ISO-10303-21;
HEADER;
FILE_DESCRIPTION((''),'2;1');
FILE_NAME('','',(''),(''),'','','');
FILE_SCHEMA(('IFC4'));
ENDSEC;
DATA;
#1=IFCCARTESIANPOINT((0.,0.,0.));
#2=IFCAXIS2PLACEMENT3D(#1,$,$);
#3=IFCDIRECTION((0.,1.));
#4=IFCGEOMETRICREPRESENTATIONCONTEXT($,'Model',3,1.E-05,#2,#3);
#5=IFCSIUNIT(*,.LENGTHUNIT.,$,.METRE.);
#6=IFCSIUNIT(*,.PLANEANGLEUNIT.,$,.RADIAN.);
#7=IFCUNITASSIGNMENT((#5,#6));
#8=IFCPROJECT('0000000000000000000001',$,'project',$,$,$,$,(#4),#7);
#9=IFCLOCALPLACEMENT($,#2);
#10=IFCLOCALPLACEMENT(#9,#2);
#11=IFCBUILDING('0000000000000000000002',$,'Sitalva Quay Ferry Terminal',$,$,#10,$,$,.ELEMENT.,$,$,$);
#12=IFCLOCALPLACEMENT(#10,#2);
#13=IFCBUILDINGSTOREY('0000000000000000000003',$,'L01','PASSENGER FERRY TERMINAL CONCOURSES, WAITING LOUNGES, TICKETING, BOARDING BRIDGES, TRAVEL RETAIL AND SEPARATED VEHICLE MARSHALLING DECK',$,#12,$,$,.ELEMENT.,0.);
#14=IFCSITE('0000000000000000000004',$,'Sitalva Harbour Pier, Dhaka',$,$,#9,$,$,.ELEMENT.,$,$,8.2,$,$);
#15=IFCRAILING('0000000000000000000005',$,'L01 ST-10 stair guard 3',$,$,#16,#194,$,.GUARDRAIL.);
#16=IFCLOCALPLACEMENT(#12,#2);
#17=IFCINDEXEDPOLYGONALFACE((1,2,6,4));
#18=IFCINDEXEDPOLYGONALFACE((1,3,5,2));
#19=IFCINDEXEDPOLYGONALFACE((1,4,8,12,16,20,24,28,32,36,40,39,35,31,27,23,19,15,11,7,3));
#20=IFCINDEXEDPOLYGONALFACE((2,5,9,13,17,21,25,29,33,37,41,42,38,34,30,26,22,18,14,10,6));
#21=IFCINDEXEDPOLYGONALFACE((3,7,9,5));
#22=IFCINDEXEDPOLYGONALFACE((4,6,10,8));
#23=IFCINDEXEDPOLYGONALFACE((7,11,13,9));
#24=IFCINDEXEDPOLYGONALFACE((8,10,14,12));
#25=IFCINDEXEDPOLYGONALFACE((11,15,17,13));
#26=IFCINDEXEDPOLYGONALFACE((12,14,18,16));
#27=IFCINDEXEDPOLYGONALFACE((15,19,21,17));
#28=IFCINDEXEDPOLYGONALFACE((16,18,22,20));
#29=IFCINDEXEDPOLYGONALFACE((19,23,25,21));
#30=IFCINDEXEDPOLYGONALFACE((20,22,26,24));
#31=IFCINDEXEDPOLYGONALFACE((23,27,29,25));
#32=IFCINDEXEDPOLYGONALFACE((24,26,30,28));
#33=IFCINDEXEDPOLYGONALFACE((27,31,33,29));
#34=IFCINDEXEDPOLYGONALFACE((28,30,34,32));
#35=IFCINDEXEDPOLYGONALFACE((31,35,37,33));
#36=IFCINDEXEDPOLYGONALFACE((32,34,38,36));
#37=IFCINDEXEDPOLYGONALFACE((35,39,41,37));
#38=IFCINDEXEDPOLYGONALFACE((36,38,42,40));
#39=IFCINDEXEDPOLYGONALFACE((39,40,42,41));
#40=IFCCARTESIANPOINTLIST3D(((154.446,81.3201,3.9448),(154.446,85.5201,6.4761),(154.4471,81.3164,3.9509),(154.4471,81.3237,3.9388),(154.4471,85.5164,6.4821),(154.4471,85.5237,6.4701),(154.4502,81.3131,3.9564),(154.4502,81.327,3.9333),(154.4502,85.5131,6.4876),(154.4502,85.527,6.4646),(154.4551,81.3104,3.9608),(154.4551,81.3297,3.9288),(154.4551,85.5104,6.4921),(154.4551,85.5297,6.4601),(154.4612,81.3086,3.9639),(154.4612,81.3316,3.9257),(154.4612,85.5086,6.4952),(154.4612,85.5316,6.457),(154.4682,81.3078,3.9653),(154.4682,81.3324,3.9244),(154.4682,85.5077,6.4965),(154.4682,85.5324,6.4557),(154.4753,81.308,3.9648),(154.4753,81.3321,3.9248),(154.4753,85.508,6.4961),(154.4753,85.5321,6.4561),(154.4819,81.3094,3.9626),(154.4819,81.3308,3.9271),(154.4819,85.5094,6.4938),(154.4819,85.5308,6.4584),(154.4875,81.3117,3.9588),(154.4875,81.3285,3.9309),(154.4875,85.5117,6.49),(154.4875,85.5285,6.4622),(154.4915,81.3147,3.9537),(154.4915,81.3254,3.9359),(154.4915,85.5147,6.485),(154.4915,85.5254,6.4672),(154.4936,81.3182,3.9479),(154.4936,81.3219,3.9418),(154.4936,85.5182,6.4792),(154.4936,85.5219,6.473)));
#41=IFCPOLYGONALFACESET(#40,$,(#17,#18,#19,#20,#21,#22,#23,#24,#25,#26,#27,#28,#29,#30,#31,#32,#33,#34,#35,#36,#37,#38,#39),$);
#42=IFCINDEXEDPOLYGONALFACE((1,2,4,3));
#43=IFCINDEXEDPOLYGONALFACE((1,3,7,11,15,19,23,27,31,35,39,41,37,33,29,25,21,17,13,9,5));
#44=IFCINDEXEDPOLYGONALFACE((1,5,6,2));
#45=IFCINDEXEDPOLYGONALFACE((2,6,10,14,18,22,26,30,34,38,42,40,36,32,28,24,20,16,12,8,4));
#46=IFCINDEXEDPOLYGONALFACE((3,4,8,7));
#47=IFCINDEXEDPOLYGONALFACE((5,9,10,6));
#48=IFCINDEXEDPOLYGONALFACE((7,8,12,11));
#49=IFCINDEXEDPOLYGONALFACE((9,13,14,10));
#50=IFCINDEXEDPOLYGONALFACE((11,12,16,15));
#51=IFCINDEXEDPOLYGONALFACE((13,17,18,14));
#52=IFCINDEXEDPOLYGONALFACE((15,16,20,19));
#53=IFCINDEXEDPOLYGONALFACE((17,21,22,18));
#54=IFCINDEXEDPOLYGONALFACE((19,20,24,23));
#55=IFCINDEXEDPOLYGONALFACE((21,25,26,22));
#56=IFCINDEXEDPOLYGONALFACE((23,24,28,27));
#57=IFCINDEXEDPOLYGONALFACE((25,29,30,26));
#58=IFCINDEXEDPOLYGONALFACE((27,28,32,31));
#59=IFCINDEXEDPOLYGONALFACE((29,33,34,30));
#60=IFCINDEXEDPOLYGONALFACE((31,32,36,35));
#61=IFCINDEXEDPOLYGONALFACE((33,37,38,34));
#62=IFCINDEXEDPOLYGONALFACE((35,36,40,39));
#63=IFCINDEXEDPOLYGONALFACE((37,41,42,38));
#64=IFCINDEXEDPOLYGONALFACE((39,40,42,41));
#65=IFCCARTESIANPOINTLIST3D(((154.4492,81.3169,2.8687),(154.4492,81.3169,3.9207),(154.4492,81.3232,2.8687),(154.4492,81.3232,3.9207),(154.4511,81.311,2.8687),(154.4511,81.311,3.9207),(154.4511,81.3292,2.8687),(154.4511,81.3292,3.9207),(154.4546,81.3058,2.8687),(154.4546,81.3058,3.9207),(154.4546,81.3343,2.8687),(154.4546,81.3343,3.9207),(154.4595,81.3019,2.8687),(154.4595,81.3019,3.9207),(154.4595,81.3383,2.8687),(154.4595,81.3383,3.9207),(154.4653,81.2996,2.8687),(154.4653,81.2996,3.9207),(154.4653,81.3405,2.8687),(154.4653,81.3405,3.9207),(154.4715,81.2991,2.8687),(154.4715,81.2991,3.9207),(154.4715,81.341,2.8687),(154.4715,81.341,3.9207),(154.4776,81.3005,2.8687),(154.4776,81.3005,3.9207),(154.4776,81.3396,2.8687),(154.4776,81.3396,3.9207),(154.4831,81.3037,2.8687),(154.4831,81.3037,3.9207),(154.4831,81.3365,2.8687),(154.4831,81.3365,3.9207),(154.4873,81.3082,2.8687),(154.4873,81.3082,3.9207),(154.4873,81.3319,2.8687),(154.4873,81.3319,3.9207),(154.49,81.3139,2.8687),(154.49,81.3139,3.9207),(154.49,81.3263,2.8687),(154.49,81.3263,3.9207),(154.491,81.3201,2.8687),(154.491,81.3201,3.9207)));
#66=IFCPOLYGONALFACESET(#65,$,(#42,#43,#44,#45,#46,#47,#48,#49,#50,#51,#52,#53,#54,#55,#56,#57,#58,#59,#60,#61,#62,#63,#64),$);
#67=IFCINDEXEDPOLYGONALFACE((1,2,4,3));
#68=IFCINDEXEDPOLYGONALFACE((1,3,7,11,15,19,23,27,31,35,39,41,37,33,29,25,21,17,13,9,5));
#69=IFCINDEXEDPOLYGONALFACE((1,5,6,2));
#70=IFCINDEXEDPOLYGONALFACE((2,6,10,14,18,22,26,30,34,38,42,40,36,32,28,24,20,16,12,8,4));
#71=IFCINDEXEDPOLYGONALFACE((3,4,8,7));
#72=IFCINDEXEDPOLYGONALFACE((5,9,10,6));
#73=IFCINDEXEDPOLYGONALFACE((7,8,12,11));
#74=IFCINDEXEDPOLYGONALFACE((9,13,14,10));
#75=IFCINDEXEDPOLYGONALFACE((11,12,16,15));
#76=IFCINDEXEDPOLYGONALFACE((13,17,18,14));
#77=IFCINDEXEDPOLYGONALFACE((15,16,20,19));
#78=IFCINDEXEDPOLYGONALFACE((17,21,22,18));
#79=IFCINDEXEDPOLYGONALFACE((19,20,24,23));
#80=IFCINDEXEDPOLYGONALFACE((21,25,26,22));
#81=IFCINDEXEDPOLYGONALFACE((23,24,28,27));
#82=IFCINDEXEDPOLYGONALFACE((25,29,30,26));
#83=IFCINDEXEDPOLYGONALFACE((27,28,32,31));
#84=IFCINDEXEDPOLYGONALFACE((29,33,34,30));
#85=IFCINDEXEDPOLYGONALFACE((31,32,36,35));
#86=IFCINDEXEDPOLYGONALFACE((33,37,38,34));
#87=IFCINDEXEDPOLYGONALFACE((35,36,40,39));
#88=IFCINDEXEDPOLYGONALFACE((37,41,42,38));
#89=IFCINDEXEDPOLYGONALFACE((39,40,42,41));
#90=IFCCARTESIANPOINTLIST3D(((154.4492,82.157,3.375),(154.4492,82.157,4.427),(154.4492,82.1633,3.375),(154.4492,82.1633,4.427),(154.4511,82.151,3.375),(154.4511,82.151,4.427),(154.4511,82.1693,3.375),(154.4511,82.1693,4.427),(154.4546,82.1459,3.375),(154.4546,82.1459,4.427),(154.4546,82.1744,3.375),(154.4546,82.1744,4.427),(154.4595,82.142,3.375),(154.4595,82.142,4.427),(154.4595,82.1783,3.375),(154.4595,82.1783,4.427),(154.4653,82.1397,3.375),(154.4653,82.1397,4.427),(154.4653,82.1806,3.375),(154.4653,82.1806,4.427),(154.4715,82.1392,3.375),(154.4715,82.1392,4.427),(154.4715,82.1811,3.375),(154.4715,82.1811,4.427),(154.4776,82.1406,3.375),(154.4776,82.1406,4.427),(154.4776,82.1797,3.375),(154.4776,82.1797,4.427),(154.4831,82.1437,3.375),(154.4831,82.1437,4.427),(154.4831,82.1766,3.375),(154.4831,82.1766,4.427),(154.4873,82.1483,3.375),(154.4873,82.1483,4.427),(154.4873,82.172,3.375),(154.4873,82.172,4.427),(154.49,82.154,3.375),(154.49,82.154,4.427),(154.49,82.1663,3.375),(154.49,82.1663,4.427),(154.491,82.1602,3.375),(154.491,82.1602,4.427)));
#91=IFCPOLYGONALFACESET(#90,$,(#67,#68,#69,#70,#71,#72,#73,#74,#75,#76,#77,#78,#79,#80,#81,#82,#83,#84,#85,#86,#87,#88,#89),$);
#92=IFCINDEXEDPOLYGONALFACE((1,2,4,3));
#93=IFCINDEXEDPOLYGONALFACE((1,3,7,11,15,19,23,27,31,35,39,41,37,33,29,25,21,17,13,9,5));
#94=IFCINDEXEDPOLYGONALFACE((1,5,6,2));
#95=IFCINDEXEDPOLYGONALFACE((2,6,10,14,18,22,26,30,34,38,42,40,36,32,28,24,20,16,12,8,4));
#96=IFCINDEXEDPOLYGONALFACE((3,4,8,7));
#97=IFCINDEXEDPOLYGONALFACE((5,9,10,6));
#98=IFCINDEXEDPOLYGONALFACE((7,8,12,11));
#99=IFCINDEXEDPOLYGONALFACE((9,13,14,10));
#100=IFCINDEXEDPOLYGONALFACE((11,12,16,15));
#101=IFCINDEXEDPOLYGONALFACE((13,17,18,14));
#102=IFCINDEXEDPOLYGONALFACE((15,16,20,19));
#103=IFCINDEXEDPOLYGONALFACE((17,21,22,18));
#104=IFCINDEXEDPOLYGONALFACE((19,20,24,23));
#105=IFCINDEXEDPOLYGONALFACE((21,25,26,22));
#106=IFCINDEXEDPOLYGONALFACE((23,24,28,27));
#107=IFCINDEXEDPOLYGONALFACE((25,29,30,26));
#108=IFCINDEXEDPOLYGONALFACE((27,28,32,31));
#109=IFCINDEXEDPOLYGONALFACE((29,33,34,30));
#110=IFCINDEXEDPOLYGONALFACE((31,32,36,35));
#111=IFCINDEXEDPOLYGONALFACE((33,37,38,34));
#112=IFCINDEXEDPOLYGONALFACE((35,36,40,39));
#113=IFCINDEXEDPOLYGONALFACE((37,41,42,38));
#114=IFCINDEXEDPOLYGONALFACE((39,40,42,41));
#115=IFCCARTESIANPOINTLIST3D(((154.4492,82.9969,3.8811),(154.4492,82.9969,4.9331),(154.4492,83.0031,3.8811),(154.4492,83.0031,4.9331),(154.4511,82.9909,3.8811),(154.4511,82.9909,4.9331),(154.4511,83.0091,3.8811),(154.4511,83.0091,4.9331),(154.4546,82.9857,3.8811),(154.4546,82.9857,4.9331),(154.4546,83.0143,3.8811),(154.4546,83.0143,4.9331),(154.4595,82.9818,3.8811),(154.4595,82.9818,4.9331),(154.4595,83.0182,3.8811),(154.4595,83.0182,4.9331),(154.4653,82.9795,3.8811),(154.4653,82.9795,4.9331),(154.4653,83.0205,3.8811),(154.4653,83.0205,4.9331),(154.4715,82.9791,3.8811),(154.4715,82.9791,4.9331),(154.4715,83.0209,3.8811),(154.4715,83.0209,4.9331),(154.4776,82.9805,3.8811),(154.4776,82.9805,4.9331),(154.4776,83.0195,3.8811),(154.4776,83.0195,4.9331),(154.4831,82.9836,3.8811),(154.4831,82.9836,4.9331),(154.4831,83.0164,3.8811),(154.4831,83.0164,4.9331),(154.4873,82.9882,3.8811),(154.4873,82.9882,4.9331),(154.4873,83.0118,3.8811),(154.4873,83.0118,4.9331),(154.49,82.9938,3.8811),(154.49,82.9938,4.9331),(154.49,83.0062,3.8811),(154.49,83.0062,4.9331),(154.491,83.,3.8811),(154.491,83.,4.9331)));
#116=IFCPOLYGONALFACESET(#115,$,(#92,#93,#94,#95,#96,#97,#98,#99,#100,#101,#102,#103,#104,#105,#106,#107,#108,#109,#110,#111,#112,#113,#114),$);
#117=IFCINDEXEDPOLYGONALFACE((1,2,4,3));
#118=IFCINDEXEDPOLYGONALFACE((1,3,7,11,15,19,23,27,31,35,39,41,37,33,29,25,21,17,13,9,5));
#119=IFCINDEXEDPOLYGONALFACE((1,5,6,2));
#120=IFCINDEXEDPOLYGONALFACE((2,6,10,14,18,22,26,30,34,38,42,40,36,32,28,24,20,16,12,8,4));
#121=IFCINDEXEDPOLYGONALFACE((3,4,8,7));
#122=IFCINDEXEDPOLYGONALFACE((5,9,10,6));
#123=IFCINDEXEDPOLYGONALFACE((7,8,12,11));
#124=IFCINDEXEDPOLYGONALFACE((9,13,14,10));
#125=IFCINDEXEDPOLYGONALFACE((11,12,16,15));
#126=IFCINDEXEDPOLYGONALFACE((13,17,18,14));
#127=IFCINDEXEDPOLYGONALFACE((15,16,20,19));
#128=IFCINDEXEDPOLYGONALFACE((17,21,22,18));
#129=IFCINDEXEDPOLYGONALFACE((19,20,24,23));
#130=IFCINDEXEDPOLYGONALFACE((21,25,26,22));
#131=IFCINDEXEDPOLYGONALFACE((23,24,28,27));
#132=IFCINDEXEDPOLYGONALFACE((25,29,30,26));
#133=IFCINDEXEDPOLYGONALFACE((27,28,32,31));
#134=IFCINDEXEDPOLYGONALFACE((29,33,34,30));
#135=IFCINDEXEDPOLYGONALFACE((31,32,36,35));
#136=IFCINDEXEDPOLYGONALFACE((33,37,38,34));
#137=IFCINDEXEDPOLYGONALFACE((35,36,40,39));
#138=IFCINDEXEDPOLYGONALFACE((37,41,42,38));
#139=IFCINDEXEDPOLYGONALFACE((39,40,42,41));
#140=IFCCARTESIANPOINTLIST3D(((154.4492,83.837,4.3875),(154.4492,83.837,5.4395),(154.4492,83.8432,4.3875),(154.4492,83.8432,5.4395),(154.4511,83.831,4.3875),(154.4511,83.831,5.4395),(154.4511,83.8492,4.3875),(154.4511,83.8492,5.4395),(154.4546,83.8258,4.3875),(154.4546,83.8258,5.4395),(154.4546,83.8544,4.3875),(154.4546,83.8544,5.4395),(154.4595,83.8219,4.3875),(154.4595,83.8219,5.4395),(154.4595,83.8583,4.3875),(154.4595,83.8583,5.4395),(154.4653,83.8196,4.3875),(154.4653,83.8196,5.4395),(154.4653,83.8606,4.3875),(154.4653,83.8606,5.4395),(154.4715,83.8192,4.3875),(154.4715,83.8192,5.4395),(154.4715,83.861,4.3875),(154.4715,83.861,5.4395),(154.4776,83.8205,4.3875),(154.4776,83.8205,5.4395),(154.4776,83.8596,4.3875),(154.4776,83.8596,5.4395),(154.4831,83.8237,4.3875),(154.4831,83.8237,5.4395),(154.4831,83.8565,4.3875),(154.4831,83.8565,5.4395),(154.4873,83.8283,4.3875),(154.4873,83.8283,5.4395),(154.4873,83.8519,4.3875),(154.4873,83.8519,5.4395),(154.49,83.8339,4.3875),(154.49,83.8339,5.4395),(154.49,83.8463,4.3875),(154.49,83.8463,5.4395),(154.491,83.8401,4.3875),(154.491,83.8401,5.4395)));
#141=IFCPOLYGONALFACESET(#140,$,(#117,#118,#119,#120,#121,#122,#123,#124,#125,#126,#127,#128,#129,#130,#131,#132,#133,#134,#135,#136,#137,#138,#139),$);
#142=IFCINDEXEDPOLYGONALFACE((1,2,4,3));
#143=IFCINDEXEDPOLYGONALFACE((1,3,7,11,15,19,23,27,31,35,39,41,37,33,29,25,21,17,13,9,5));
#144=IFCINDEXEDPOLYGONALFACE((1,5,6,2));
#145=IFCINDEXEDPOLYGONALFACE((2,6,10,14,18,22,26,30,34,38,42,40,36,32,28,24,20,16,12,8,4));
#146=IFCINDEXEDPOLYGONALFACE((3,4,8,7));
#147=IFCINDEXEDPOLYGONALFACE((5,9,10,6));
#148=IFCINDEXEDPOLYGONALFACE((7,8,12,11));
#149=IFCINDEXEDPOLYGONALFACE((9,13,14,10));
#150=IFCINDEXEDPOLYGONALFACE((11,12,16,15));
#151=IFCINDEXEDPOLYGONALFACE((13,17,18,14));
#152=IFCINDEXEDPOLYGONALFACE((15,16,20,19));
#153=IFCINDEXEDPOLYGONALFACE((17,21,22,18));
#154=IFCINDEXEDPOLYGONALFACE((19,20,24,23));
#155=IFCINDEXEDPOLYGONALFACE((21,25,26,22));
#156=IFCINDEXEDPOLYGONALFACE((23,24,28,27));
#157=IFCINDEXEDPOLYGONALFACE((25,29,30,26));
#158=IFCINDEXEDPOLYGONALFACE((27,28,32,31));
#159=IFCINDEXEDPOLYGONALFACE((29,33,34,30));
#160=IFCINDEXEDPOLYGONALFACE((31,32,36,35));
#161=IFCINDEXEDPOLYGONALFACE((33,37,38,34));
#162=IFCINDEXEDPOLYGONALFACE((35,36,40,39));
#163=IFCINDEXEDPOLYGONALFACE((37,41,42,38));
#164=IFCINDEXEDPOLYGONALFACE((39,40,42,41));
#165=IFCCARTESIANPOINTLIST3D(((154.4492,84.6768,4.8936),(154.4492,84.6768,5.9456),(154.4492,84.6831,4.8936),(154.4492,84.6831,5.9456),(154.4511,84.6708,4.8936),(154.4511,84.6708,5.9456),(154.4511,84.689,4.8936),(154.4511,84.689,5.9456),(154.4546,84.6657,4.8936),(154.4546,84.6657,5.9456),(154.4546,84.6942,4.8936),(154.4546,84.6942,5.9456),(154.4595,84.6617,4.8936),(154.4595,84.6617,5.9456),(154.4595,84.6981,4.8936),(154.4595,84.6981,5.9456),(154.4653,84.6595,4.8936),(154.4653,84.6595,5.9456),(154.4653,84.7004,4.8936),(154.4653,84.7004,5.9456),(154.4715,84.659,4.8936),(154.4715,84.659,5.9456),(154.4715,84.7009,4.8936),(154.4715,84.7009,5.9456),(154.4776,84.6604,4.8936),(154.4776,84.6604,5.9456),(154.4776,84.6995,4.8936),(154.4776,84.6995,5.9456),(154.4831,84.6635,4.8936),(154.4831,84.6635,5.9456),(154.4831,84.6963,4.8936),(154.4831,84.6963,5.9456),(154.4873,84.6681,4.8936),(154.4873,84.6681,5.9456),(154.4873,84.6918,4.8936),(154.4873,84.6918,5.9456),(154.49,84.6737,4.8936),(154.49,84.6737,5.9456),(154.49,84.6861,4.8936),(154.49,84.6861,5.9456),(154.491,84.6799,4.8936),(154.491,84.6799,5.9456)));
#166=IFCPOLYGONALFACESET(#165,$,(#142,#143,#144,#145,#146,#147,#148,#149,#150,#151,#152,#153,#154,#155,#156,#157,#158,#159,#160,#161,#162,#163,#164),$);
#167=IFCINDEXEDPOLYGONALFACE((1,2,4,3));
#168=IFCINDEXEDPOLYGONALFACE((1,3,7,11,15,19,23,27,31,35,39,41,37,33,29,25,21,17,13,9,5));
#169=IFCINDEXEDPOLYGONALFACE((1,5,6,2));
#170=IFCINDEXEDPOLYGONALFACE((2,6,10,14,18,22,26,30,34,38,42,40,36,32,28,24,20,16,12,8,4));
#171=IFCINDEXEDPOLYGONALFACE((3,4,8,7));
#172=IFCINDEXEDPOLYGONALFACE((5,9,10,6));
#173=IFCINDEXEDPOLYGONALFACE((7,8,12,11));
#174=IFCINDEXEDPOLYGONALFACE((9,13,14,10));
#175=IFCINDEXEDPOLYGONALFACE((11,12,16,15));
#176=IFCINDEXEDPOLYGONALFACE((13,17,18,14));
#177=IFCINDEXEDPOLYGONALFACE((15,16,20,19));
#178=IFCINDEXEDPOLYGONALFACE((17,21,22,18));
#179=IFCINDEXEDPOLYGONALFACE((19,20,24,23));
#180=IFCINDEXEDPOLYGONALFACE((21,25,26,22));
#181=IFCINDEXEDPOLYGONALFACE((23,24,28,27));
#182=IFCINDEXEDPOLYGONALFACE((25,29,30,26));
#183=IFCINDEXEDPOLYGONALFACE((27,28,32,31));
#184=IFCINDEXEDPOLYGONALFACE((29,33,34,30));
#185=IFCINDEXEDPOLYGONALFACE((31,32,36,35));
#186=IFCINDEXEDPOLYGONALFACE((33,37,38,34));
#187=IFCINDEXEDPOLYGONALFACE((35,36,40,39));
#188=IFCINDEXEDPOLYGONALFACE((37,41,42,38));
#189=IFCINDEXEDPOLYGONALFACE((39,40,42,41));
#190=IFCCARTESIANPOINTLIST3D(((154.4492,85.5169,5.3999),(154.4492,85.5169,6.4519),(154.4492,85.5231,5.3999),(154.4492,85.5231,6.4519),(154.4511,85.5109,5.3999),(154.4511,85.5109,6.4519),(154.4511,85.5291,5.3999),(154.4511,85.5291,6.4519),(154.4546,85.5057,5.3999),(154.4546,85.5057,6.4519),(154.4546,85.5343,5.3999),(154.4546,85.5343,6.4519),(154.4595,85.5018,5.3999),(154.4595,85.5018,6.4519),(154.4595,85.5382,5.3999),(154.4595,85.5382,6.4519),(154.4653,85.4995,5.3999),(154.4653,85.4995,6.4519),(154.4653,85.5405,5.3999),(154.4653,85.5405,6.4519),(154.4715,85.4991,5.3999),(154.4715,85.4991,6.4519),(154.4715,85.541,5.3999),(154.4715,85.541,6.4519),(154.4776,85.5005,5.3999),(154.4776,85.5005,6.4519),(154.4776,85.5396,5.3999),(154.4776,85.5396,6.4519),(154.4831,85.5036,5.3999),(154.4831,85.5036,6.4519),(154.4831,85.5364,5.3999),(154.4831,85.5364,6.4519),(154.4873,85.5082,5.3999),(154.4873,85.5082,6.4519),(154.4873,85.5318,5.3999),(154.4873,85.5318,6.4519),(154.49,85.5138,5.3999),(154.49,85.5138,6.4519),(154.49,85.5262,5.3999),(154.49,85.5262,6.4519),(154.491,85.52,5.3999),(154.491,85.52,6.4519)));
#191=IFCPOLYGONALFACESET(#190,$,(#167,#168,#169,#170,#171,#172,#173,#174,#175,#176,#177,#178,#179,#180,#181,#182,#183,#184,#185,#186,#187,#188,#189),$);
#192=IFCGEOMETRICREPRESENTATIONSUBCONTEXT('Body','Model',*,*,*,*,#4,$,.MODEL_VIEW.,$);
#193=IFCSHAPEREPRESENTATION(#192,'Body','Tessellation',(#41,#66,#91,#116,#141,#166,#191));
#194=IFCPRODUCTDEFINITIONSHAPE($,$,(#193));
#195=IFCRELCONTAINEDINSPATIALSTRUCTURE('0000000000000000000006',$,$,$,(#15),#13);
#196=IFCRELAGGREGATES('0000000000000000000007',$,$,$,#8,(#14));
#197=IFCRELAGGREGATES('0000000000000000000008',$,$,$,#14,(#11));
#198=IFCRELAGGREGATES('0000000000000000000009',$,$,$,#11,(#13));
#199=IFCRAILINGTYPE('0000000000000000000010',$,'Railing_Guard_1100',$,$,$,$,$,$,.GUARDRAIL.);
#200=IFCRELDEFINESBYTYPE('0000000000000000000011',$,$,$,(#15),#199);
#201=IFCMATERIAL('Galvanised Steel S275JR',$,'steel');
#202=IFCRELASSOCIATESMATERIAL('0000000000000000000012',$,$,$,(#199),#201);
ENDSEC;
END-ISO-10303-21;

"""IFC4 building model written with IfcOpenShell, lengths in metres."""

from ifc_helpers import new_model, si_unit, direction, frame, origin, origin_2d, place, context, subcontext, project, spatial, circle, extrude, material, type_object, element, save


model = new_model("IFC4")

# Units and contexts
model_context = context("Model", 3, precision=1e-05, world=origin(), true_north=direction((0.0, 1.0)))
body_context = subcontext(model_context, "Body", "Model", "MODEL_VIEW")
ifc_project = project(units=[si_unit("LENGTHUNIT", "METRE"), si_unit("PLANEANGLEUNIT", "RADIAN")], contexts=[model_context])

# Site, building, storey
site_placement = place(None, origin())
site = spatial("IfcSite", under=ifc_project, at=site_placement, Name="Sitalva Harbour Pier, Dhaka", CompositionType="ELEMENT", RefElevation=8.2)
building_placement = place(site_placement, origin())
building = spatial("IfcBuilding", under=site, at=building_placement, Name="Sitalva Quay Ferry Terminal", CompositionType="ELEMENT")
storey_placement = place(building_placement, origin())
storey = spatial("IfcBuildingStorey", under=building, at=storey_placement, Name="L01", Description="PASSENGER FERRY TERMINAL CONCOURSES, WAITING LOUNGES, TICKETING, BOARDING BRIDGES, TRAVEL RETAIL AND SEPARATED VEHICLE MARSHALLING DECK", CompositionType="ELEMENT", Elevation=0.0)

# Railing
ifc_material_1 = material(Name="Galvanised Steel S275JR", Category="steel")
railing_type_1 = type_object("IfcRailingType", Name="Railing_Guard_1100", PredefinedType="GUARDRAIL", material=ifc_material_1)
railing_1_placement = place(storey_placement, frame((154.47, 81.3201, 2.8687)))
element("IfcRailing", 1, at=railing_1_placement, inside=storey, type_object=railing_type_1, Name="L01 ST-10 stair guard 3", PredefinedType="GUARDRAIL", context=body_context, shape_type="SweptSolid", body=[
    extrude(circle(Radius=0.0239, at=origin_2d()), frame((0.0, 0.0, 1.0762), z_axis=(0.0, 0.856476, 0.516186), x_axis=(-1.0, 0.0, 0.0)), (0.0, 0.0, 1.0), 4.9038),
    extrude(circle(Radius=0.021, at=origin_2d()), origin(), (0.0, 0.0, 1.0), 1.052),
    extrude(circle(Radius=0.021, at=origin_2d()), frame((0.0, 0.8401, 0.5063)), (0.0, 0.0, 1.0), 1.052),
    extrude(circle(Radius=0.021, at=origin_2d()), frame((0.0, 1.6799, 1.0125)), (0.0, 0.0, 1.0), 1.052),
    extrude(circle(Radius=0.021, at=origin_2d()), frame((0.0, 2.52, 1.5188)), (0.0, 0.0, 1.0), 1.052),
    extrude(circle(Radius=0.021, at=origin_2d()), frame((0.0, 3.3599, 2.0249)), (0.0, 0.0, 1.0), 1.052),
    extrude(circle(Radius=0.021, at=origin_2d()), frame((0.0, 4.2, 2.5312)), (0.0, 0.0, 1.0), 1.052),
])

save(model, "model.ifc")
